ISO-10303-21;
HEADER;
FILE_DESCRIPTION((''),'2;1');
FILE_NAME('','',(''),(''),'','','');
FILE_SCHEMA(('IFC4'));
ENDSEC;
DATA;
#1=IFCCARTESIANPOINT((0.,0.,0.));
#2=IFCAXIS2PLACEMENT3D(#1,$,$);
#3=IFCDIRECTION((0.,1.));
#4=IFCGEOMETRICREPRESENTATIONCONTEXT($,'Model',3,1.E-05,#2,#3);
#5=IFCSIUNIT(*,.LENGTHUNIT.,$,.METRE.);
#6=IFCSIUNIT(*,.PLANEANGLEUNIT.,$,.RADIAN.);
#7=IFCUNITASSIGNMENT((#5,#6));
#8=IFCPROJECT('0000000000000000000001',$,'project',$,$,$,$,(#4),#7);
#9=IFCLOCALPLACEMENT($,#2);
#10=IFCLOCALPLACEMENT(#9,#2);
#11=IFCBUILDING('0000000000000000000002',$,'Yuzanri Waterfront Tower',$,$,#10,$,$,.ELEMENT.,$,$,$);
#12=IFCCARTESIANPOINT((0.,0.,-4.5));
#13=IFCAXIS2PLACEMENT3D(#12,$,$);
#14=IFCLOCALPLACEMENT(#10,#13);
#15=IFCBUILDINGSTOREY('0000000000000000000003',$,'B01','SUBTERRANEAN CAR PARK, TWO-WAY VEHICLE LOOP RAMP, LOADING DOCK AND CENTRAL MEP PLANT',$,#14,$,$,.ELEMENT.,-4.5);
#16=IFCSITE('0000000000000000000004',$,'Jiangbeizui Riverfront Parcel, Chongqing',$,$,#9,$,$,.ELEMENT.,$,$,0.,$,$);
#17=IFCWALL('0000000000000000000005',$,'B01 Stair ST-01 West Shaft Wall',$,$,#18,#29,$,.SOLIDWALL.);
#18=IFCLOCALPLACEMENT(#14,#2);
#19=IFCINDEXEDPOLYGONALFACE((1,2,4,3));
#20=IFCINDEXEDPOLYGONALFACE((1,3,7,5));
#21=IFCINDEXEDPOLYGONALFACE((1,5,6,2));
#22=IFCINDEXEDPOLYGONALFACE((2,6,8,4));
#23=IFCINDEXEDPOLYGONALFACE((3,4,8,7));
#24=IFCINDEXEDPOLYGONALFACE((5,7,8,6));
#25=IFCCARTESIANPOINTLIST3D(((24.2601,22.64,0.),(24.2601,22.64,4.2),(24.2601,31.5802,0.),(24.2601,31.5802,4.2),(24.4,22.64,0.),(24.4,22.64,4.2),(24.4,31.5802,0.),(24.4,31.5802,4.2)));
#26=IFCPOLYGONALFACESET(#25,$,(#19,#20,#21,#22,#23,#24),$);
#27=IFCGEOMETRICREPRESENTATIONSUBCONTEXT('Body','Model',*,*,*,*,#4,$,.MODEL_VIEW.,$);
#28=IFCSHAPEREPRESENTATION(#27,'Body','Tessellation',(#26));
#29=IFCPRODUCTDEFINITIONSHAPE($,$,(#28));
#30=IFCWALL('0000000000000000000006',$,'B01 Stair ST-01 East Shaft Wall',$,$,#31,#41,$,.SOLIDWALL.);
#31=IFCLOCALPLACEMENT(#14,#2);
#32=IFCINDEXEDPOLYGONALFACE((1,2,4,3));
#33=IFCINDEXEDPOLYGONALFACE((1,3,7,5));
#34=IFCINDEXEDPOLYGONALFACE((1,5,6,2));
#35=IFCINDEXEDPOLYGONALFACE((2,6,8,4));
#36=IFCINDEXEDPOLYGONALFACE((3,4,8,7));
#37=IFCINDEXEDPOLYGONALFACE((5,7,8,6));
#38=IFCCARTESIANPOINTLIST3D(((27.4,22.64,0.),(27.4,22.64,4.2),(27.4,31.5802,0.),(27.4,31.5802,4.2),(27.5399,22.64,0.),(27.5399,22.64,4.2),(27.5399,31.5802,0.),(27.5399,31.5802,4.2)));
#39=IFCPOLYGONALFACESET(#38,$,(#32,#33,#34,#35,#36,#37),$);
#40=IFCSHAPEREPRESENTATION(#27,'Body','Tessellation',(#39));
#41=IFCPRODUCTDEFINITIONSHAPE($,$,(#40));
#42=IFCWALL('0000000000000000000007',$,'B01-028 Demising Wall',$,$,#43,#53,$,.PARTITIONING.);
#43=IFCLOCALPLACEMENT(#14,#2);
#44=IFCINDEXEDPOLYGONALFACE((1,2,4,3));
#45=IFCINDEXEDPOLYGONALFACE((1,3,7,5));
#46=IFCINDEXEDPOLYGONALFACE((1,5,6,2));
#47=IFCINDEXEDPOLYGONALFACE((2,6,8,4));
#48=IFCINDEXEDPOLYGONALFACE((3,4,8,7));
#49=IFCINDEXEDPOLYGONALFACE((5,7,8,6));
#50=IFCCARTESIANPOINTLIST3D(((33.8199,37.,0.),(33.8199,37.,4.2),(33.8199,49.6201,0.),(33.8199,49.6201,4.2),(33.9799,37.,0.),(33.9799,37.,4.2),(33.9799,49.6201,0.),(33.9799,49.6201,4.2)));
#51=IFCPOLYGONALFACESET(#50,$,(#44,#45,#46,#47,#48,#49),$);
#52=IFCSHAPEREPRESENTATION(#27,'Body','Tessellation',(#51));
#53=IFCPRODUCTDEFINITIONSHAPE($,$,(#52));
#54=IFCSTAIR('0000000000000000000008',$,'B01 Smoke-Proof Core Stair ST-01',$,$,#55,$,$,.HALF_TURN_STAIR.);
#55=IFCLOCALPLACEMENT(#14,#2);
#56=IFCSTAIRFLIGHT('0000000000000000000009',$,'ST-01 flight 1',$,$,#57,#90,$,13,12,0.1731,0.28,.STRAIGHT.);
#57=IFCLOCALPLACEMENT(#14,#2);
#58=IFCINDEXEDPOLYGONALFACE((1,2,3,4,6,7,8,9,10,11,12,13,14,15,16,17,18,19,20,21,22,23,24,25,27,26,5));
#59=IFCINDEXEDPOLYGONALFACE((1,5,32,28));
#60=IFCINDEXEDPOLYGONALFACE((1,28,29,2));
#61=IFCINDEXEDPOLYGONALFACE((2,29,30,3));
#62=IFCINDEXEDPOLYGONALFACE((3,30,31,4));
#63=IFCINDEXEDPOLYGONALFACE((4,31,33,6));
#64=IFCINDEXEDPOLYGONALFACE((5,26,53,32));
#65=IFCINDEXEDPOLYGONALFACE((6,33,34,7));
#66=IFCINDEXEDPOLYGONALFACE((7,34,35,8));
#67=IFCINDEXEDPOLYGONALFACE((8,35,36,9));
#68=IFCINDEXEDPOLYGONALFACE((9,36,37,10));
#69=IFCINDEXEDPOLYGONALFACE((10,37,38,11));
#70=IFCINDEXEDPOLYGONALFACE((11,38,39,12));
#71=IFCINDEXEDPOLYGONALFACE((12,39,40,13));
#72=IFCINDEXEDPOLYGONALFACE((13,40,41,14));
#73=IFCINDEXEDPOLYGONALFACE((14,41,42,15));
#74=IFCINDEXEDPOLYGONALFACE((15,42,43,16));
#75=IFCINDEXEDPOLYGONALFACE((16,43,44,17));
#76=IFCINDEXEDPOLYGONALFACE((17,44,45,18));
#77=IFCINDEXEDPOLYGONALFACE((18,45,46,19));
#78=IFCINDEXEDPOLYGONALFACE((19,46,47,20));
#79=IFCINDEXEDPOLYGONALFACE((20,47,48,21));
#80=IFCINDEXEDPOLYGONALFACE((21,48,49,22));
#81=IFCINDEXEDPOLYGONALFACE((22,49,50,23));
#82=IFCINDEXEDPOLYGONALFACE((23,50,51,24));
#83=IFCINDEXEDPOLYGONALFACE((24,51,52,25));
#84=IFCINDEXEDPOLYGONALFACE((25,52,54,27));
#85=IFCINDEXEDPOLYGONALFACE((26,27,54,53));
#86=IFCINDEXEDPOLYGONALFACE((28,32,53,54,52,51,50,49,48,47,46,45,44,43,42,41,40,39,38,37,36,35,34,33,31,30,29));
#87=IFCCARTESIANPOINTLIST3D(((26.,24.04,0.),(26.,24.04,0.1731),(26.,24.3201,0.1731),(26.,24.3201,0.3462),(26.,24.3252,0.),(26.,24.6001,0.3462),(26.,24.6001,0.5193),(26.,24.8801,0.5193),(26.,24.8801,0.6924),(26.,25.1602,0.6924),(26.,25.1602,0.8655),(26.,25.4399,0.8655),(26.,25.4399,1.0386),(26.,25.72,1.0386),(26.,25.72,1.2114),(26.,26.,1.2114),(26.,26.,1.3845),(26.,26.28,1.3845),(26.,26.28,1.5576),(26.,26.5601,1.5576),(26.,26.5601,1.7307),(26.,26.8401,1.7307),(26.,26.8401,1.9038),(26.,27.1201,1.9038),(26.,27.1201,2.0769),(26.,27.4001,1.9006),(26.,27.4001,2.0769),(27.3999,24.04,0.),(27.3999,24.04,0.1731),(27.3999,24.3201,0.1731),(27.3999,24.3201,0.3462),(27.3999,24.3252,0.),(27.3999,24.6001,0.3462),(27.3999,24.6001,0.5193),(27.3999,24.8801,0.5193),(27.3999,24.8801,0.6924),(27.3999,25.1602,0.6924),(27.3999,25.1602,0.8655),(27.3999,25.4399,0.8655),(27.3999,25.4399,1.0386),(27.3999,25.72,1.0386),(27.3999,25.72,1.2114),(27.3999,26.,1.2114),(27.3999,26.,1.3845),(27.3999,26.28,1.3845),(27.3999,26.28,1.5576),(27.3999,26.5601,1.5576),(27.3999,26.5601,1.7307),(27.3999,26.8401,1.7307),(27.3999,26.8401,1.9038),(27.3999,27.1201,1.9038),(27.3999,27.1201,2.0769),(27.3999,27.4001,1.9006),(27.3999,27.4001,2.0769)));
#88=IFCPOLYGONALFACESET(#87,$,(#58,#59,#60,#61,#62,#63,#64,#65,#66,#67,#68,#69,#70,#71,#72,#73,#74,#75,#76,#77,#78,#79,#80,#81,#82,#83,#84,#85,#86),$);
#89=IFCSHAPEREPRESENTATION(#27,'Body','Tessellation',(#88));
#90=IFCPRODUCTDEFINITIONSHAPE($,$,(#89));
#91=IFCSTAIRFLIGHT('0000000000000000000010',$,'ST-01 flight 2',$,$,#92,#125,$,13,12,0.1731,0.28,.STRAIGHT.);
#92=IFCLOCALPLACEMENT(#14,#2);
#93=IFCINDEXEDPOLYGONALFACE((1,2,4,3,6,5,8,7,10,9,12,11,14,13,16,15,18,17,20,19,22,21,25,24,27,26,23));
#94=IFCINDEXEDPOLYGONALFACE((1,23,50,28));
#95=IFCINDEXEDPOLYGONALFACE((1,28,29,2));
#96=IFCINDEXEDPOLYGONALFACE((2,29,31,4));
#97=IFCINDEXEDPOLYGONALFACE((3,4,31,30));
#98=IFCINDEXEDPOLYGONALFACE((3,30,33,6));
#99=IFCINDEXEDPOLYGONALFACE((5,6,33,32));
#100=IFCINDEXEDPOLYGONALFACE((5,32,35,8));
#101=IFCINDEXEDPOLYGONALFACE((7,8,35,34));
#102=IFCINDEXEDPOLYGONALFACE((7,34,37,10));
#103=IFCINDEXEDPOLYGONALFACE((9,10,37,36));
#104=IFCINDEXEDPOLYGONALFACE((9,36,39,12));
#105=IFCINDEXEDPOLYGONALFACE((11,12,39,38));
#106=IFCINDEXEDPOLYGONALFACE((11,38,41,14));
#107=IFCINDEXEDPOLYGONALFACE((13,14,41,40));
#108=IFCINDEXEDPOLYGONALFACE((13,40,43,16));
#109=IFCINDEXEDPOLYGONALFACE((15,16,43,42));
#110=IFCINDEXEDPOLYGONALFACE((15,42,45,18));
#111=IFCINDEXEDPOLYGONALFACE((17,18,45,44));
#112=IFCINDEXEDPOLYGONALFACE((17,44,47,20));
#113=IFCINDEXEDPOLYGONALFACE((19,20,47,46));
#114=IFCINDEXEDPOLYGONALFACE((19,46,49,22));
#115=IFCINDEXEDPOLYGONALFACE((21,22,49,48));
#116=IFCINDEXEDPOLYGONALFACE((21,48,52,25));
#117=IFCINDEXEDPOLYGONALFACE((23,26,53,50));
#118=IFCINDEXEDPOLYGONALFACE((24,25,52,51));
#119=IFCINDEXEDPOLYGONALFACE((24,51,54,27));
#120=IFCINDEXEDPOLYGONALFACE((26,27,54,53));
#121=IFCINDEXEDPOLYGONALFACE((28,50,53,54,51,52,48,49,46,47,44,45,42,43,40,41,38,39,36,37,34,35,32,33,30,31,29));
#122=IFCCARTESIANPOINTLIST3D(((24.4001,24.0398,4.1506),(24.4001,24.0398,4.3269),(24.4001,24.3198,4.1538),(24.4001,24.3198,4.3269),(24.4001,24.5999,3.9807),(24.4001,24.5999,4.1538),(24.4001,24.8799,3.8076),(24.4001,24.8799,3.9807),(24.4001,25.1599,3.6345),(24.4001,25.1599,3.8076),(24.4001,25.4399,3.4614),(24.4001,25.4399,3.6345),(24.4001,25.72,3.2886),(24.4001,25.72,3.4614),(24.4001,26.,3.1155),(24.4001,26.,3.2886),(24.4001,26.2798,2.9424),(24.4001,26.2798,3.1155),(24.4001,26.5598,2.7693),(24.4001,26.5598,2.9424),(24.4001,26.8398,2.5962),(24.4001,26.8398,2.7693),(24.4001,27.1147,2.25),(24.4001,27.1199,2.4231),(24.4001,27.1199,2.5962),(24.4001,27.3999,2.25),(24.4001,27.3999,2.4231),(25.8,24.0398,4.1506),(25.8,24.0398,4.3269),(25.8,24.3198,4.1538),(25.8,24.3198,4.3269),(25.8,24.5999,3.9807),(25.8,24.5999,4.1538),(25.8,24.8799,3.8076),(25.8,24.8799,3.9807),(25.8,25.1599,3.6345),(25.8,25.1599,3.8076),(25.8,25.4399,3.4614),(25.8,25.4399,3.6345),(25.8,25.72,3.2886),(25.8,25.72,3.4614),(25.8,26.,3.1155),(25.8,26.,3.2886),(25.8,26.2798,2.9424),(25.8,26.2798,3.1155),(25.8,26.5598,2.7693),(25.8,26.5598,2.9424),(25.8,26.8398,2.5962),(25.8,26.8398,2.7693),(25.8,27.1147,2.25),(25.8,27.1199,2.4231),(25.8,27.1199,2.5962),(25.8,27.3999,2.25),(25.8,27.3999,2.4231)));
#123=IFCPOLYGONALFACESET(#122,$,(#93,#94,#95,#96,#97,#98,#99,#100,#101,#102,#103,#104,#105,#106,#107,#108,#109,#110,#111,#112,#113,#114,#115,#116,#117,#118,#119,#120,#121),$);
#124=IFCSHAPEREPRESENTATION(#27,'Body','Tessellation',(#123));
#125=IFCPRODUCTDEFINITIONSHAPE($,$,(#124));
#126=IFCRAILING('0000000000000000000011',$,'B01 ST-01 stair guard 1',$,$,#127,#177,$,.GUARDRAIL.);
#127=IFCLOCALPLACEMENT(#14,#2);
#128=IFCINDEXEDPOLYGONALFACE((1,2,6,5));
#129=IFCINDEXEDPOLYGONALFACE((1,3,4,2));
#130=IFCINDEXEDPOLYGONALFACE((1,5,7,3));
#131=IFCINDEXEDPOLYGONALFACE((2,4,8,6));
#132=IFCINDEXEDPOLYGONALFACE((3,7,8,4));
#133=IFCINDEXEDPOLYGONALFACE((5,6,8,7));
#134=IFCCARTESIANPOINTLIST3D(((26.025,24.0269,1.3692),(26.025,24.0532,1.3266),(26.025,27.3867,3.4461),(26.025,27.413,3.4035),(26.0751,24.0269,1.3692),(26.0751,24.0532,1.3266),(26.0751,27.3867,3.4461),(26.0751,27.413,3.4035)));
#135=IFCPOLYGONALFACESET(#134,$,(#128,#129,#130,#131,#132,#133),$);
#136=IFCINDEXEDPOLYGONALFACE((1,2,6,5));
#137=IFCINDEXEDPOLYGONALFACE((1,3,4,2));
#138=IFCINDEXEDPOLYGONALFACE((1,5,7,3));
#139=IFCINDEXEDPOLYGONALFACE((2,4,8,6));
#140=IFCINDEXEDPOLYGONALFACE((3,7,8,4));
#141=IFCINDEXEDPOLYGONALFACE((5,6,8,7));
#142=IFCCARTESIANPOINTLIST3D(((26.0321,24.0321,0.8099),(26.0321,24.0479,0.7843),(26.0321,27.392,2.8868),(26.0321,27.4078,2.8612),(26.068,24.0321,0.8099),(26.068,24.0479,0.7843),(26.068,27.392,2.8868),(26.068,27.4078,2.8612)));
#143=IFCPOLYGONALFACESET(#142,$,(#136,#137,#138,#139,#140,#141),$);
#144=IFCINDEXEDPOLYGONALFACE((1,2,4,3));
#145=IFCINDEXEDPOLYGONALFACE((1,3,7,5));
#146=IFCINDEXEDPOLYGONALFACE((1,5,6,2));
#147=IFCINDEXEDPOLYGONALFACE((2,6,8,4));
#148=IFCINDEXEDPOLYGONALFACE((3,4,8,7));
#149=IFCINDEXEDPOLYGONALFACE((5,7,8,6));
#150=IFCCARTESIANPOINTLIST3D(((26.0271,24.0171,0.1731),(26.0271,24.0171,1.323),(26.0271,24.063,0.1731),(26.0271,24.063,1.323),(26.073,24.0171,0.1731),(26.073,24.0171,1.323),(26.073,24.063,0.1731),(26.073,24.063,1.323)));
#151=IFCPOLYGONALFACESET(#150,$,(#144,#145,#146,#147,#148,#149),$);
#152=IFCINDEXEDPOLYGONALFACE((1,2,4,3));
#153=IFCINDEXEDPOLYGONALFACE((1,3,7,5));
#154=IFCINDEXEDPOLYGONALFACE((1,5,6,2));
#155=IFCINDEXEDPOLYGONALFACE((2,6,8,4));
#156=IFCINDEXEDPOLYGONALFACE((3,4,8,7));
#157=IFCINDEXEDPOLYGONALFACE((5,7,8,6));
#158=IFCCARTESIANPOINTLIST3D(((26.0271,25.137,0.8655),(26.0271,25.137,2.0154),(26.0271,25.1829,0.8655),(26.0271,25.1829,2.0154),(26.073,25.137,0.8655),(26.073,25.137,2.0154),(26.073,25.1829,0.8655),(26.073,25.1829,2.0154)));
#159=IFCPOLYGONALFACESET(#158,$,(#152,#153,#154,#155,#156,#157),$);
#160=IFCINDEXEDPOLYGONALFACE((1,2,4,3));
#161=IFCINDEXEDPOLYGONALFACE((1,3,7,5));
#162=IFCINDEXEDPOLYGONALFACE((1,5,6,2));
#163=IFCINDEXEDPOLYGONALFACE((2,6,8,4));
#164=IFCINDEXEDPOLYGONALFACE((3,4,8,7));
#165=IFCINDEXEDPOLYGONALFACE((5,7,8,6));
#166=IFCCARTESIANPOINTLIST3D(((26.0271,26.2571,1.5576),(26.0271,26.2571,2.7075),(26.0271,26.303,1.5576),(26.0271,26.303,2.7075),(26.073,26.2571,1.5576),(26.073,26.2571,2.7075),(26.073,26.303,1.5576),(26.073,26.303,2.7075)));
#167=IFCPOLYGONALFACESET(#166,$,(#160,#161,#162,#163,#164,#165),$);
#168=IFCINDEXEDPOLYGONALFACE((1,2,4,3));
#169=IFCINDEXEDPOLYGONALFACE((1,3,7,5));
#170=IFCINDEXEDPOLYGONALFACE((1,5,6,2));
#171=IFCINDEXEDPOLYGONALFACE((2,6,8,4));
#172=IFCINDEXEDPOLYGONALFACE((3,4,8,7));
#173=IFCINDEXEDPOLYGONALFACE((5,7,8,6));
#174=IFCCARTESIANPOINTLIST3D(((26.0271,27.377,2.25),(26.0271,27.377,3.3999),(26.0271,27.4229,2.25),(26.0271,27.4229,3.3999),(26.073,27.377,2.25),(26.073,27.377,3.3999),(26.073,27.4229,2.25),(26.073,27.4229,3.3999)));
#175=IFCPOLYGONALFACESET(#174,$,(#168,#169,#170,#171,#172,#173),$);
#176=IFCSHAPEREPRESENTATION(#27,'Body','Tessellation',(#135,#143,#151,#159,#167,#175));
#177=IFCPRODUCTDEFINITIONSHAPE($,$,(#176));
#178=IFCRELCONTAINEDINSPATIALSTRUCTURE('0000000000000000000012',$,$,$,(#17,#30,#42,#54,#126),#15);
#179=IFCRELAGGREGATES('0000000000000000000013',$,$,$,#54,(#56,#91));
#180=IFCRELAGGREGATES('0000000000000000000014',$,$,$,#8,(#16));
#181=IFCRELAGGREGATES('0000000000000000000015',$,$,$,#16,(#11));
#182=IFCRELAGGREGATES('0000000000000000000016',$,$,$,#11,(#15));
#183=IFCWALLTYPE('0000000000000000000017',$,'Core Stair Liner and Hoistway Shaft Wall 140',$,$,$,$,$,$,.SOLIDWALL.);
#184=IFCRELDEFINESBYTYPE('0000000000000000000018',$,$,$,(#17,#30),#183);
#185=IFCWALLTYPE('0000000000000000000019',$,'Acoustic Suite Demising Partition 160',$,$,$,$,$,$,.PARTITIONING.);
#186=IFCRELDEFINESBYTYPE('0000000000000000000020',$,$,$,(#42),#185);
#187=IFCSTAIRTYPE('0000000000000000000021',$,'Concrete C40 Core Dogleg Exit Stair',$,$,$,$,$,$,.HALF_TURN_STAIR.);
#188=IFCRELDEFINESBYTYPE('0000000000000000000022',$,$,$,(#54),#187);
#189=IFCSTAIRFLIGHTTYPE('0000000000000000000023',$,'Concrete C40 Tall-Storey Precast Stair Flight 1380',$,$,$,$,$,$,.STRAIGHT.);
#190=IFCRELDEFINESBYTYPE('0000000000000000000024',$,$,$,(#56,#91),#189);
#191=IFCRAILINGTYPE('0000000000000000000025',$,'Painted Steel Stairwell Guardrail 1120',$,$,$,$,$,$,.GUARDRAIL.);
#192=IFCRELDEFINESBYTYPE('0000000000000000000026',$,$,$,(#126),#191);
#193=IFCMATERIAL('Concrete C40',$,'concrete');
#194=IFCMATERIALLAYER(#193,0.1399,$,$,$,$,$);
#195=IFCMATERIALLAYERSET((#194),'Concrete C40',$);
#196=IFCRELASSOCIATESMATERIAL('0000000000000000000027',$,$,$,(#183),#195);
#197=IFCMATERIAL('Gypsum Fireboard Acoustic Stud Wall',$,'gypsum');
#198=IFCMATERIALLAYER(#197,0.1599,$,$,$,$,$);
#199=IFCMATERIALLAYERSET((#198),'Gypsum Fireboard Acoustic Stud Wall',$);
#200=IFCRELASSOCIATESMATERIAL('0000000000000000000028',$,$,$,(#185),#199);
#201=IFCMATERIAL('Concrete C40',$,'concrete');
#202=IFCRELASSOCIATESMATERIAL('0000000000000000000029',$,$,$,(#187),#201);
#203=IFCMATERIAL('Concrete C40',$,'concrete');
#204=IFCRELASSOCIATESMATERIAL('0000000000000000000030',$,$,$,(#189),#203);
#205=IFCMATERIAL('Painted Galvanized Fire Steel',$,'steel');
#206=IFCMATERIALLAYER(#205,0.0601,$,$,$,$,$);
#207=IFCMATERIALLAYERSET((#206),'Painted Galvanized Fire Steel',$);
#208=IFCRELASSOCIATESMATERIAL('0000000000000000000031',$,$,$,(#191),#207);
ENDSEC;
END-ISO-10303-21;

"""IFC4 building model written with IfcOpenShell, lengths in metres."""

from ifc_helpers import new_model, si_unit, direction, frame, frame_2d, origin, origin_2d, place, context, subcontext, project, spatial, polyline, rectangle, outline, extrude, source, transform, mapped, material, layer, layer_set, type_object, element, aggregate, save


model = new_model("IFC4")

# Units and contexts
model_context = context("Model", 3, precision=1e-05, world=origin(), true_north=direction((0.0, 1.0)))
body_context = subcontext(model_context, "Body", "Model", "MODEL_VIEW")
ifc_project = project(units=[si_unit("LENGTHUNIT", "METRE"), si_unit("PLANEANGLEUNIT", "RADIAN")], contexts=[model_context])

# Site, building, storey
site_placement = place(None, origin())
site = spatial("IfcSite", under=ifc_project, at=site_placement, Name="Jiangbeizui Riverfront Parcel, Chongqing", CompositionType="ELEMENT", RefElevation=0.0)
building_placement = place(site_placement, origin())
building = spatial("IfcBuilding", under=site, at=building_placement, Name="Yuzanri Waterfront Tower", CompositionType="ELEMENT")
storey_placement = place(building_placement, frame((0.0, 0.0, -4.5)))
storey = spatial("IfcBuildingStorey", under=building, at=storey_placement, Name="B01", Description="SUBTERRANEAN CAR PARK, TWO-WAY VEHICLE LOOP RAMP, LOADING DOCK AND CENTRAL MEP PLANT", CompositionType="ELEMENT", Elevation=-4.5)

# Shared definitions
ifc_material_1 = material(Name="Concrete C40", Category="concrete")
ifc_layer_1 = layer(ifc_material_1, 0.1399)
ifc_layer_set_1 = layer_set([ifc_layer_1], Name="Concrete C40")
wall_type_1 = type_object("IfcWallType", Name="Core Stair Liner and Hoistway Shaft Wall 140", PredefinedType="SOLIDWALL", material=ifc_layer_set_1)

# Walls
shared_shape_1 = source(origin(), body_context, "Body", "SweptSolid", [
    extrude(rectangle(XDim=8.9402, YDim=0.1399, at=frame_2d((4.4702, 0.0))), origin(), (0.0, 0.0, 1.0), 4.2),
])
for number, where, z_axis, x_axis, name in (
    (1, (24.3301, 22.6399, 0.0), (0.0, 0.0, 1.0), (0.0, 1.0, 0.0), "B01 Stair ST-01 West Shaft Wall"),
    (2, (27.47, 22.6399, 0.0), (0.0, 0.0, 1.0), (0.0, 1.0, 0.0), "B01 Stair ST-01 East Shaft Wall"),
):
    element("IfcWall", number, at=place(storey_placement, frame(where, z_axis=z_axis, x_axis=x_axis)), inside=storey, type_object=wall_type_1, Name=name, PredefinedType="SOLIDWALL", context=body_context, shape_type="MappedRepresentation", body=[
        mapped(shared_shape_1, transform((0.0, 0.0, 0.0), scale=1.0)),
    ])
ifc_material_2 = material(Name="Gypsum Fireboard Acoustic Stud Wall", Category="gypsum")
ifc_layer_2 = layer(ifc_material_2, 0.1599)
ifc_layer_set_2 = layer_set([ifc_layer_2], Name="Gypsum Fireboard Acoustic Stud Wall")
wall_type_2 = type_object("IfcWallType", Name="Acoustic Suite Demising Partition 160", PredefinedType="PARTITIONING", material=ifc_layer_set_2)
shared_shape_2 = source(origin(), body_context, "Body", "SweptSolid", [
    extrude(rectangle(XDim=12.6201, YDim=0.1599, at=frame_2d((6.3101, 0.0))), origin(), (0.0, 0.0, 1.0), 4.2),
])
wall_1_placement = place(storey_placement, frame((33.8999, 37.0, 0.0), z_axis=(0.0, 0.0, 1.0), x_axis=(0.0, 1.0, 0.0)))
element("IfcWall", 3, at=wall_1_placement, inside=storey, type_object=wall_type_2, Name="B01-028 Demising Wall", PredefinedType="PARTITIONING", context=body_context, shape_type="MappedRepresentation", body=[
    mapped(shared_shape_2, transform((0.0, 0.0, 0.0), scale=1.0)),
])

# Stair, stair flights
ifc_material_3 = material(Name="Concrete C40", Category="concrete")
stair_type = type_object("IfcStairType", Name="Concrete C40 Core Dogleg Exit Stair", PredefinedType="HALF_TURN_STAIR", material=ifc_material_3)
stair_placement = place(storey_placement, origin())
stair = element("IfcStair", 4, at=stair_placement, inside=storey, type_object=stair_type, Name="B01 Smoke-Proof Core Stair ST-01", PredefinedType="HALF_TURN_STAIR")
ifc_material_4 = material(Name="Concrete C40", Category="concrete")
stair_flight_type = type_object("IfcStairFlightType", Name="Concrete C40 Tall-Storey Precast Stair Flight 1380", PredefinedType="STRAIGHT", material=ifc_material_4)
shared_shape_3 = source(origin(), body_context, "Body", "SweptSolid", [
    extrude(outline(polyline([(0.0, 0.0), (0.0, 0.1731), (0.28, 0.1731), (0.28, 0.3462), (0.5601, 0.3462), (0.5601, 0.5193), (0.8401, 0.5193), (0.8401, 0.6924), (1.1201, 0.6924), (1.1201, 0.8655), (1.3999, 0.8655), (1.3999, 1.0386), (1.6799, 1.0386), (1.6799, 1.2114), (1.96, 1.2114), (1.96, 1.3845), (2.24, 1.3845), (2.24, 1.5576), (2.52, 1.5576), (2.52, 1.7307), (2.8, 1.7307), (2.8, 1.9038), (3.0801, 1.9038), (3.0801, 2.0769), (3.3601, 2.0769), (3.3601, 2.25), (3.3601, 1.9006), (0.2852, 0.0), (0.0, 0.0)])), frame((0.0, 0.7, 0.0), z_axis=(0.0, -1.0, 0.0), x_axis=(1.0, 0.0, 0.0)), (0.0, 0.0, 1.0), 1.3999),
])
stair_flight_1_placement = place(storey_placement, frame((26.7, 24.04, 0.0), z_axis=(0.0, 0.0, 1.0), x_axis=(0.0, 1.0, 0.0)))
stair_flight_1 = element("IfcStairFlight", 5, at=stair_flight_1_placement, type_object=stair_flight_type, Name="ST-01 flight 1", NumberOfRisers=13, NumberOfTreads=12, PredefinedType="STRAIGHT", RiserHeight=0.1731, TreadLength=0.28, context=body_context, shape_type="MappedRepresentation", body=[
    mapped(shared_shape_3, transform((0.0, 0.0, 0.0), scale=1.0)),
])
stair_flight_2_placement = place(storey_placement, frame((25.1001, 27.3999, 2.25), z_axis=(0.0, 0.0, 1.0), x_axis=(0.0, -1.0, 0.0)))
stair_flight_2 = element("IfcStairFlight", 6, at=stair_flight_2_placement, type_object=stair_flight_type, Name="ST-01 flight 2", NumberOfRisers=13, NumberOfTreads=12, PredefinedType="STRAIGHT", RiserHeight=0.1731, TreadLength=0.28, context=body_context, shape_type="MappedRepresentation", body=[
    mapped(shared_shape_3, transform((0.0, 0.0, 0.0), scale=1.0)),
])
aggregate(stair, [stair_flight_1, stair_flight_2])

# Railing
ifc_material_5 = material(Name="Painted Galvanized Fire Steel", Category="steel")
ifc_layer_3 = layer(ifc_material_5, 0.0601)
ifc_layer_set_3 = layer_set([ifc_layer_3], Name="Painted Galvanized Fire Steel")
railing_type_1 = type_object("IfcRailingType", Name="Painted Steel Stairwell Guardrail 1120", PredefinedType="GUARDRAIL", material=ifc_layer_set_3)
shared_shape_4 = source(origin(), body_context, "Body", "SweptSolid", [
    extrude(rectangle(XDim=0.05, YDim=0.05, at=origin_2d()), frame((0.0, 0.0, 1.1748), z_axis=(0.0, 0.850606, 0.525803), x_axis=(-1.0, 0.0, 0.0)), (0.0, 0.0, 1.0), 3.95),
    extrude(rectangle(XDim=0.0359, YDim=0.03, at=origin_2d()), frame((0.0, 0.0, 0.624), z_axis=(0.0, 0.850606, 0.525803), x_axis=(-1.0, 0.0, 0.0)), (0.0, 0.0, 1.0), 3.95),
    extrude(rectangle(XDim=0.0459, YDim=0.0459, at=origin_2d()), origin(), (0.0, 0.0, 1.0), 1.1499),
    extrude(rectangle(XDim=0.0459, YDim=0.0459, at=origin_2d()), frame((0.0, 1.1199, 0.6924)), (0.0, 0.0, 1.0), 1.1499),
    extrude(rectangle(XDim=0.0459, YDim=0.0459, at=origin_2d()), frame((0.0, 2.24, 1.3845)), (0.0, 0.0, 1.0), 1.1499),
    extrude(rectangle(XDim=0.0459, YDim=0.0459, at=origin_2d()), frame((0.0, 3.3599, 2.0769)), (0.0, 0.0, 1.0), 1.1499),
])
railing_1_placement = place(storey_placement, frame((26.05, 24.04, 0.1731)))
element("IfcRailing", 7, at=railing_1_placement, inside=storey, type_object=railing_type_1, Name="B01 ST-01 stair guard 1", PredefinedType="GUARDRAIL", context=body_context, shape_type="MappedRepresentation", body=[
    mapped(shared_shape_4, transform((0.0, 0.0, 0.0), scale=1.0)),
])

save(model, "model.ifc")
